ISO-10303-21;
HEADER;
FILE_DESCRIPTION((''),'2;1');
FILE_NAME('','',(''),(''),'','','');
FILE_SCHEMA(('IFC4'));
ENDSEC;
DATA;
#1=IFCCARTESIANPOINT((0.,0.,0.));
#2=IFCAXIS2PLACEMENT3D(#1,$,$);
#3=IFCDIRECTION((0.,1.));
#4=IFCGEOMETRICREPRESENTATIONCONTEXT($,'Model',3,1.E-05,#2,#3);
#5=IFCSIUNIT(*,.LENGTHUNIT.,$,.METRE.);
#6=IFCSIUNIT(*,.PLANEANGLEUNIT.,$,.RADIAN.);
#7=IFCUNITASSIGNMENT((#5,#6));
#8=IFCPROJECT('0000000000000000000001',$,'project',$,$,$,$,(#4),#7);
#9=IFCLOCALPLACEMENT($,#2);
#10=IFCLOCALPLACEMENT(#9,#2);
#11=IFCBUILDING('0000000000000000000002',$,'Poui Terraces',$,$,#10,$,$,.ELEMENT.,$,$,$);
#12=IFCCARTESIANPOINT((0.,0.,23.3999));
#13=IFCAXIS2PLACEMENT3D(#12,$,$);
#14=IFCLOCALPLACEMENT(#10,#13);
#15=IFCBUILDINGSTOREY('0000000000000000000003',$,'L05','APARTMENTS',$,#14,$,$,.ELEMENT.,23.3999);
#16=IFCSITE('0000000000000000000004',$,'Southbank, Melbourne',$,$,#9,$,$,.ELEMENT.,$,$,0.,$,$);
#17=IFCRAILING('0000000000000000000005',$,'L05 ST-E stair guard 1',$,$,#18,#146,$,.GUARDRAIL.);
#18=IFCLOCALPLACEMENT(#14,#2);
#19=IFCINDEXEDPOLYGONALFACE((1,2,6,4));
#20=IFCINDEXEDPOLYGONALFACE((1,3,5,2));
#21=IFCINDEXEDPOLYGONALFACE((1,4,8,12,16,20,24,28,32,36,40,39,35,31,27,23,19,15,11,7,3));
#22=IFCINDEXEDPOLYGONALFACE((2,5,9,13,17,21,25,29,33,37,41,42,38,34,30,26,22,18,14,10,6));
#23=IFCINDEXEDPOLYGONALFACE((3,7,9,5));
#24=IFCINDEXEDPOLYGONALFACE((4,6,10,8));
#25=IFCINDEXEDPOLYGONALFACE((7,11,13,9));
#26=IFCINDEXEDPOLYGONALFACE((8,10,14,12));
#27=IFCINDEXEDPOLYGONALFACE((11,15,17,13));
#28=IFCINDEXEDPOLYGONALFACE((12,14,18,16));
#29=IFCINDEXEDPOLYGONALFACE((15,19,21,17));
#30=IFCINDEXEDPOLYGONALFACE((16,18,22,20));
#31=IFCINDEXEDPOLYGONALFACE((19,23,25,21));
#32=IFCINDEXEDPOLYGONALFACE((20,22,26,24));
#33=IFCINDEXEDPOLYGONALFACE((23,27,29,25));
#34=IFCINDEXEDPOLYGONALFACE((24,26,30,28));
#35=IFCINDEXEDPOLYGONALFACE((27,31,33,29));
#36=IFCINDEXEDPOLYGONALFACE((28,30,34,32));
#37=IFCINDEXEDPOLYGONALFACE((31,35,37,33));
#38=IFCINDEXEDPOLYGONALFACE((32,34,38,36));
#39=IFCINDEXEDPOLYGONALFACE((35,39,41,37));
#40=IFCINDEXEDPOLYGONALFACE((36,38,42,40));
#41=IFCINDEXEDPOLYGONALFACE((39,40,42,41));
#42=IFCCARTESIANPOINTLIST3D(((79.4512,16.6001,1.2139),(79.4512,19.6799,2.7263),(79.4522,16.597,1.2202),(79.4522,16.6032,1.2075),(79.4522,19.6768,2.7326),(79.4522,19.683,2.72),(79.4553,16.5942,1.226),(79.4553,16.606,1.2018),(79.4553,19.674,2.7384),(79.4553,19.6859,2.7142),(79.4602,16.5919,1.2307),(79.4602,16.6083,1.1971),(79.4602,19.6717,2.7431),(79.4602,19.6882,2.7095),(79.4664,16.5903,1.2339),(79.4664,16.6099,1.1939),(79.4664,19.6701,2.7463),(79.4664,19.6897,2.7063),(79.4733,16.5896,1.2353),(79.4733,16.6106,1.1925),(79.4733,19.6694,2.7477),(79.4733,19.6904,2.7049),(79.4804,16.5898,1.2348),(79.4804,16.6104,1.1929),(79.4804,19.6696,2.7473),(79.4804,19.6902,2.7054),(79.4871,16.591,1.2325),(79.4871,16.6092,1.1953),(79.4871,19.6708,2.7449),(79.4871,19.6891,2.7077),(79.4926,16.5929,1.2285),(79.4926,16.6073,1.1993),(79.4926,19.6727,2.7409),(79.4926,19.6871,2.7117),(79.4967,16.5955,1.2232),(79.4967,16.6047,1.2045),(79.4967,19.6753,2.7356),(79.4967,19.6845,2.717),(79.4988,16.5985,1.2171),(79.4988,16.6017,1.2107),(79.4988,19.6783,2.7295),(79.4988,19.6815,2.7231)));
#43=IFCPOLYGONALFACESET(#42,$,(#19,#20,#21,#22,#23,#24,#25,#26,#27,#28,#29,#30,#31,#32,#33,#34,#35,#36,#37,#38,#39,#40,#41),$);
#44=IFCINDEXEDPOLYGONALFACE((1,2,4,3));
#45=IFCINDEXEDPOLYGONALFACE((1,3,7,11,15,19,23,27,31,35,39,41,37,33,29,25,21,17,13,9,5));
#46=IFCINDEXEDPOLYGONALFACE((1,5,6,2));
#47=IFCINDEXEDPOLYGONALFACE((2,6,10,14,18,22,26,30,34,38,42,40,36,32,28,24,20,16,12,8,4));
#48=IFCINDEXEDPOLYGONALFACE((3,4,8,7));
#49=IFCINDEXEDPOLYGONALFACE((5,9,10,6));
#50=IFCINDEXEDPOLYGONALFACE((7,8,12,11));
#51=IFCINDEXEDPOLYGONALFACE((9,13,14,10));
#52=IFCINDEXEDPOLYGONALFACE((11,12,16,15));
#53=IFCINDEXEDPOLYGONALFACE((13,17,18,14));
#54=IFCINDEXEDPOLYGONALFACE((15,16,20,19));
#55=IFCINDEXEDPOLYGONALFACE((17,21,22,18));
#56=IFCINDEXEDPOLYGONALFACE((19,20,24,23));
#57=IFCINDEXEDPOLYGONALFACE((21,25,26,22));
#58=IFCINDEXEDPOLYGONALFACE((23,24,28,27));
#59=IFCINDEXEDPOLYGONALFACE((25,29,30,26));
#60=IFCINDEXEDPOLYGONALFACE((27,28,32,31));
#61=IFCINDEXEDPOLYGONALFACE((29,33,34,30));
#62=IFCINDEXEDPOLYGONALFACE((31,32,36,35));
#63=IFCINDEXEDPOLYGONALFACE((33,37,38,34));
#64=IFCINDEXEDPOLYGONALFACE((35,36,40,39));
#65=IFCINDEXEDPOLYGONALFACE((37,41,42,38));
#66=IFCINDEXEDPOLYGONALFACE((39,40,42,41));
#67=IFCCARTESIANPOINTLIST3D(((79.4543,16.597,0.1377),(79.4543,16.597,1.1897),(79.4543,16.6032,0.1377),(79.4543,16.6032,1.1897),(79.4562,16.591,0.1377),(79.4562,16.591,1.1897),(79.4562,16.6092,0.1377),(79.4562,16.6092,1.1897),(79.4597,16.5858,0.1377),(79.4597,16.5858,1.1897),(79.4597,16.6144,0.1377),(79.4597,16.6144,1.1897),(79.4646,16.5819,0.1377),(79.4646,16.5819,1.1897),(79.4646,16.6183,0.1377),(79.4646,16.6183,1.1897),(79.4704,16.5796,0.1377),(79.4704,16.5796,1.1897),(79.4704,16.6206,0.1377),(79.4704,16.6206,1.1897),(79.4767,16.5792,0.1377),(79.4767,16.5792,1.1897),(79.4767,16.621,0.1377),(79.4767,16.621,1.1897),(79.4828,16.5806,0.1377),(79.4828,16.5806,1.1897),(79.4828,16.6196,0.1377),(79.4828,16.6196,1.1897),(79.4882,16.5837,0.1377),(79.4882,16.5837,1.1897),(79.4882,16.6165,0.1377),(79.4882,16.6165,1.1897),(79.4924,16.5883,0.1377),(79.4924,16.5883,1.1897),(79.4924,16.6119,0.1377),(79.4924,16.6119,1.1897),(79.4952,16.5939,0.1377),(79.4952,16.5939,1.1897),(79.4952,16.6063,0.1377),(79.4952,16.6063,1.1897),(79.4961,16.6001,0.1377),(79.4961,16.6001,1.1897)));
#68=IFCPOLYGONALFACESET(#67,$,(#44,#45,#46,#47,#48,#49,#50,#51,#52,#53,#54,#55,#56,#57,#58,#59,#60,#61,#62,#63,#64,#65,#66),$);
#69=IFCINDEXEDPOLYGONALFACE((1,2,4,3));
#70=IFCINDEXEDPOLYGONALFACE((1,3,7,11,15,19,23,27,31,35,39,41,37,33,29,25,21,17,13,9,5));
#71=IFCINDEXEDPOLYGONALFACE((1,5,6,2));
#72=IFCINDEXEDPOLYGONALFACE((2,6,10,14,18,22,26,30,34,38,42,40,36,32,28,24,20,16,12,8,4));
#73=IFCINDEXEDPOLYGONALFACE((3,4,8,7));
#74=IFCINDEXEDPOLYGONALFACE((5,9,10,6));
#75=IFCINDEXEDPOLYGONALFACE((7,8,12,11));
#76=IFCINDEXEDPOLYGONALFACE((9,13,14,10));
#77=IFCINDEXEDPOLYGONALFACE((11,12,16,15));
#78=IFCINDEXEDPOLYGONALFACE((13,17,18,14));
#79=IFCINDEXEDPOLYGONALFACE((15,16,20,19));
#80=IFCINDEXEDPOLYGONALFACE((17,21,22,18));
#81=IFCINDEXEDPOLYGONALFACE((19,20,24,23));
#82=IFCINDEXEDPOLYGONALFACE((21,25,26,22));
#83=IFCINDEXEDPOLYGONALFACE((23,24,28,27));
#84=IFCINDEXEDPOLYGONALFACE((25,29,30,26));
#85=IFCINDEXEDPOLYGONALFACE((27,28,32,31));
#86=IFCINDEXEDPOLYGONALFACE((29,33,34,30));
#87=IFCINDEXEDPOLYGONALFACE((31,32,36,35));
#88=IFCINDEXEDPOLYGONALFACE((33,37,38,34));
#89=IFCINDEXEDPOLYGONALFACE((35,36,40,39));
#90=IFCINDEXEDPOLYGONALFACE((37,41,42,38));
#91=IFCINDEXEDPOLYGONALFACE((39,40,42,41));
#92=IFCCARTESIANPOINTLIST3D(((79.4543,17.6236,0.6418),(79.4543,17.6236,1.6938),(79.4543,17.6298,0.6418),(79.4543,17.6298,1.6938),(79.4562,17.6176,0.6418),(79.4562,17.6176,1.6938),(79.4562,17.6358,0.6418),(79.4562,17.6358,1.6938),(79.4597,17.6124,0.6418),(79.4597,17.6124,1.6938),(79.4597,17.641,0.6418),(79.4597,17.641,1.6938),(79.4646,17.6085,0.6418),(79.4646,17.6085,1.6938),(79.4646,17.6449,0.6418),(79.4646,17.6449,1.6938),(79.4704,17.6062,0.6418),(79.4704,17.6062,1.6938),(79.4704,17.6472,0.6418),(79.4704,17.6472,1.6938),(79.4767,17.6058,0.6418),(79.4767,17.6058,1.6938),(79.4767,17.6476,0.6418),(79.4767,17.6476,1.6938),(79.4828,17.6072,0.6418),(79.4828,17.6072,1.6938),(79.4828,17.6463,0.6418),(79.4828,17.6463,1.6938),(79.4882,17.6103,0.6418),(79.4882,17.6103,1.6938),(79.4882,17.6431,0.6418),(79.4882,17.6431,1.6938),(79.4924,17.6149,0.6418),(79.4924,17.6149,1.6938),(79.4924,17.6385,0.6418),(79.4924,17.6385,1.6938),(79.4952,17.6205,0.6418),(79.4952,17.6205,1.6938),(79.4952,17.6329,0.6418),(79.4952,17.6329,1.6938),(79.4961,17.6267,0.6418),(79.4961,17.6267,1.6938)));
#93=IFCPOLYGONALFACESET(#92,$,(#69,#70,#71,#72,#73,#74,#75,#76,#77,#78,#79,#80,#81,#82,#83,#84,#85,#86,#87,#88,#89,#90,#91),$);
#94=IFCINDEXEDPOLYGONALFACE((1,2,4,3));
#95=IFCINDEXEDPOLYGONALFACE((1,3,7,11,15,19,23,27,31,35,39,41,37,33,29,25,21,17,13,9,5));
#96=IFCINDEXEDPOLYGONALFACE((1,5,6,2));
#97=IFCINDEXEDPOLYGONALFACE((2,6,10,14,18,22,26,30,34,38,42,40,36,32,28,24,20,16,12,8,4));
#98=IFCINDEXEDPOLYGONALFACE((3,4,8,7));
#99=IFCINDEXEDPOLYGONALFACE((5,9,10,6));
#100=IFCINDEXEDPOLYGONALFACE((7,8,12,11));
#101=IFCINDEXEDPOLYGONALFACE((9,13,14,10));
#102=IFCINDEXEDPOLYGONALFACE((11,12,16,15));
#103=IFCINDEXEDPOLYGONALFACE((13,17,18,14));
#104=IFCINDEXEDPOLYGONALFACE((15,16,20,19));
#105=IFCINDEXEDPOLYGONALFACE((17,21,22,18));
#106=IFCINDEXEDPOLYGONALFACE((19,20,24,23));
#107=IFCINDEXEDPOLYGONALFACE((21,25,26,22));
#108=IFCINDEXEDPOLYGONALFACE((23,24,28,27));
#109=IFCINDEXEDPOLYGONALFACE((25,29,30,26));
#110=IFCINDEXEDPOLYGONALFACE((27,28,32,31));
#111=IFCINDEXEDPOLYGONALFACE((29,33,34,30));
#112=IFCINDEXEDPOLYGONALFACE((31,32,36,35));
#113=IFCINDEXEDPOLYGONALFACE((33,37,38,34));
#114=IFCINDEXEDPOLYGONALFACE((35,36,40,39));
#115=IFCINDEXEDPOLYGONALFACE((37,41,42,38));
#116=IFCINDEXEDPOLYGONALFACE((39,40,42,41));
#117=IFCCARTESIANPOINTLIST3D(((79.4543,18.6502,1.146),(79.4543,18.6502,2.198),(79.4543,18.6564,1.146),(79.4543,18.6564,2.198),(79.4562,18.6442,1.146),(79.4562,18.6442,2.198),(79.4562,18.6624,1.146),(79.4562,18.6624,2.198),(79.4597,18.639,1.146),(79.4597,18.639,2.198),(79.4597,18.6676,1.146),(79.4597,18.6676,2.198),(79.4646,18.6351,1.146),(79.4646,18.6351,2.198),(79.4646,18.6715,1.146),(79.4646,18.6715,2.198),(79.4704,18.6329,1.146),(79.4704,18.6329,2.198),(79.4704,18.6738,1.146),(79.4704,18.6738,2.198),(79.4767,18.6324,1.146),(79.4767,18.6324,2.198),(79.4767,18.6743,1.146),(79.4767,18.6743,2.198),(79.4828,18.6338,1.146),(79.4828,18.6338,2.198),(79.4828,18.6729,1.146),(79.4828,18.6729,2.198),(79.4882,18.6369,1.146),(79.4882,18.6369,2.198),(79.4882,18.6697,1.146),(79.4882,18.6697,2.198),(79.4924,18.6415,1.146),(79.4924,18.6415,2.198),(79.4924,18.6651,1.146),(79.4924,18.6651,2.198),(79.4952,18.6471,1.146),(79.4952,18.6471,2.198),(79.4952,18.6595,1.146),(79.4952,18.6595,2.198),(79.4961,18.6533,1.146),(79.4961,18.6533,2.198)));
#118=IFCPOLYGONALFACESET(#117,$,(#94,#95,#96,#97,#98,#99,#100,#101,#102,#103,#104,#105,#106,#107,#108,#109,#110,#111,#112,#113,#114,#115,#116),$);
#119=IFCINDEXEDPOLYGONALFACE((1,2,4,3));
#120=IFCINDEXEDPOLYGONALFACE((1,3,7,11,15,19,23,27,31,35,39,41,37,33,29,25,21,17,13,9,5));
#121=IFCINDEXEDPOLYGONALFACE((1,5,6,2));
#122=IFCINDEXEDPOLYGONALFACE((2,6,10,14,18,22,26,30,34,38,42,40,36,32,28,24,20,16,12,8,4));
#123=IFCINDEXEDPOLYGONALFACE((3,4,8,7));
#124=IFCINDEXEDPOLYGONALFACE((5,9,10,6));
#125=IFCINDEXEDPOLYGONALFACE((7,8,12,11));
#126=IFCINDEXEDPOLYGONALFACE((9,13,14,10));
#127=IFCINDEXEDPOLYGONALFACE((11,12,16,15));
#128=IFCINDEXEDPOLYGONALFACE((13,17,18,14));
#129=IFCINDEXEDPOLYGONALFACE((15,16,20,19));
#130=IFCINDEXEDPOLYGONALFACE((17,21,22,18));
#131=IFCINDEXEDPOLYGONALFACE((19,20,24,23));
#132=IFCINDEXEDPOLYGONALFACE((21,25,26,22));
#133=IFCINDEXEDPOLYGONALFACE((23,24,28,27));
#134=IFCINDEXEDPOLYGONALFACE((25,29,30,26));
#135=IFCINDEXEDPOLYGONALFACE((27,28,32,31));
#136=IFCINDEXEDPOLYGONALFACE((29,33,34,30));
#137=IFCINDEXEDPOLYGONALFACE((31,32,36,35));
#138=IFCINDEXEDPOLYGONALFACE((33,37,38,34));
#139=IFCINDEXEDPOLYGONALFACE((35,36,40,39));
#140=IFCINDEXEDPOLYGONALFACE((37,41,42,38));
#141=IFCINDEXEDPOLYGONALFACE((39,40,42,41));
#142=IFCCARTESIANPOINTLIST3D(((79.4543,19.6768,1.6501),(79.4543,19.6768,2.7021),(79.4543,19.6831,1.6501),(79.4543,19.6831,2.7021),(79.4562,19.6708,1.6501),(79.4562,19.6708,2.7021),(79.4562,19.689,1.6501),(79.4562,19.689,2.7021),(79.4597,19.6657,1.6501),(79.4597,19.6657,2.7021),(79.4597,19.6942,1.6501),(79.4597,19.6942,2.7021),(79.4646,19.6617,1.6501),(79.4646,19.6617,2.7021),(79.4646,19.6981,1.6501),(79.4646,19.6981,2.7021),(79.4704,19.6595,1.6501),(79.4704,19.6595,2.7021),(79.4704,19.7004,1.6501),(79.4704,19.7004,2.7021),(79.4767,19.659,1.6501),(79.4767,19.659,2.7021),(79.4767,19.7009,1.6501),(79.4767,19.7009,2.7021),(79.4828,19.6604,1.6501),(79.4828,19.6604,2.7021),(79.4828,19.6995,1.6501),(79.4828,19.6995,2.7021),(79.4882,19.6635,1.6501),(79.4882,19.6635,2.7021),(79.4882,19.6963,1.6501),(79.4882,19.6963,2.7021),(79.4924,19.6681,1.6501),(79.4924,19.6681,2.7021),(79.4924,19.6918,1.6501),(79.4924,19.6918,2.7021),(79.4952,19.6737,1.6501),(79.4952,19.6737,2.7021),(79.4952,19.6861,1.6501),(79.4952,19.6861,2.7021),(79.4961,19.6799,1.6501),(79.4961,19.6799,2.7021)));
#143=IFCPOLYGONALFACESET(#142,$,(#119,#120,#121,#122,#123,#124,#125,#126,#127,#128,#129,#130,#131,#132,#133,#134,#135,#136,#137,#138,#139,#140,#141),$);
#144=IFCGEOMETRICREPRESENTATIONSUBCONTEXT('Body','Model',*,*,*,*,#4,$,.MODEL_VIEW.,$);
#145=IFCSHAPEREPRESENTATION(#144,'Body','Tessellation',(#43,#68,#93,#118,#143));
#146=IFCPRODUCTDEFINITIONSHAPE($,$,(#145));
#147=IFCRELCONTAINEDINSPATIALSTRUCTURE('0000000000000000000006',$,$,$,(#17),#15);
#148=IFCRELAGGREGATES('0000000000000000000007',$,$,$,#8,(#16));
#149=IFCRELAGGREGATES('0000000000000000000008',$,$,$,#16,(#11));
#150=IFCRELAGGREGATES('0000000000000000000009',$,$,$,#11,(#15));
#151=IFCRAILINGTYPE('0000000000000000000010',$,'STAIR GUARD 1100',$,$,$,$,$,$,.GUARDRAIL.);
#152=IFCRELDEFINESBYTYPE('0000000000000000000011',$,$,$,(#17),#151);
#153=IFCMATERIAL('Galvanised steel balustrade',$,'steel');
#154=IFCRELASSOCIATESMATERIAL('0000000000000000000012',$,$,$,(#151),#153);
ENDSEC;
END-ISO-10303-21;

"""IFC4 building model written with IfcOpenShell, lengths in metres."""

from ifc_helpers import new_model, si_unit, direction, frame, origin, origin_2d, place, context, subcontext, project, spatial, circle, extrude, material, type_object, element, save


model = new_model("IFC4")

# Units and contexts
model_context = context("Model", 3, precision=1e-05, world=origin(), true_north=direction((0.0, 1.0)))
body_context = subcontext(model_context, "Body", "Model", "MODEL_VIEW")
ifc_project = project(units=[si_unit("LENGTHUNIT", "METRE"), si_unit("PLANEANGLEUNIT", "RADIAN")], contexts=[model_context])

# Site, building, storey
site_placement = place(None, origin())
site = spatial("IfcSite", under=ifc_project, at=site_placement, Name="Southbank, Melbourne", CompositionType="ELEMENT", RefElevation=0.0)
building_placement = place(site_placement, origin())
building = spatial("IfcBuilding", under=site, at=building_placement, Name="Poui Terraces", CompositionType="ELEMENT")
storey_placement = place(building_placement, frame((0.0, 0.0, 23.3999)))
storey = spatial("IfcBuildingStorey", under=building, at=storey_placement, Name="L05", Description="APARTMENTS", CompositionType="ELEMENT", Elevation=23.3999)

# Railing
ifc_material_1 = material(Name="Galvanised steel balustrade", Category="steel")
railing_type_1 = type_object("IfcRailingType", Name="STAIR GUARD 1100", PredefinedType="GUARDRAIL", material=ifc_material_1)
railing_1_placement = place(storey_placement, frame((79.4751, 16.6001, 0.1377)))
element("IfcRailing", 1, at=railing_1_placement, inside=storey, type_object=railing_type_1, Name="L05 ST-E stair guard 1", PredefinedType="GUARDRAIL", context=body_context, shape_type="SweptSolid", body=[
    extrude(circle(Radius=0.0239, at=origin_2d()), frame((0.0, 0.0, 1.0762), z_axis=(0.0, 0.897606, 0.440798), x_axis=(-1.0, 0.0, 0.0)), (0.0, 0.0, 1.0), 3.4312),
    extrude(circle(Radius=0.021, at=origin_2d()), origin(), (0.0, 0.0, 1.0), 1.052),
    extrude(circle(Radius=0.021, at=origin_2d()), frame((0.0, 1.0266, 0.5042)), (0.0, 0.0, 1.0), 1.052),
    extrude(circle(Radius=0.021, at=origin_2d()), frame((0.0, 2.0532, 1.0083)), (0.0, 0.0, 1.0), 1.052),
    extrude(circle(Radius=0.021, at=origin_2d()), frame((0.0, 3.0798, 1.5125)), (0.0, 0.0, 1.0), 1.052),
])

save(model, "model.ifc")
